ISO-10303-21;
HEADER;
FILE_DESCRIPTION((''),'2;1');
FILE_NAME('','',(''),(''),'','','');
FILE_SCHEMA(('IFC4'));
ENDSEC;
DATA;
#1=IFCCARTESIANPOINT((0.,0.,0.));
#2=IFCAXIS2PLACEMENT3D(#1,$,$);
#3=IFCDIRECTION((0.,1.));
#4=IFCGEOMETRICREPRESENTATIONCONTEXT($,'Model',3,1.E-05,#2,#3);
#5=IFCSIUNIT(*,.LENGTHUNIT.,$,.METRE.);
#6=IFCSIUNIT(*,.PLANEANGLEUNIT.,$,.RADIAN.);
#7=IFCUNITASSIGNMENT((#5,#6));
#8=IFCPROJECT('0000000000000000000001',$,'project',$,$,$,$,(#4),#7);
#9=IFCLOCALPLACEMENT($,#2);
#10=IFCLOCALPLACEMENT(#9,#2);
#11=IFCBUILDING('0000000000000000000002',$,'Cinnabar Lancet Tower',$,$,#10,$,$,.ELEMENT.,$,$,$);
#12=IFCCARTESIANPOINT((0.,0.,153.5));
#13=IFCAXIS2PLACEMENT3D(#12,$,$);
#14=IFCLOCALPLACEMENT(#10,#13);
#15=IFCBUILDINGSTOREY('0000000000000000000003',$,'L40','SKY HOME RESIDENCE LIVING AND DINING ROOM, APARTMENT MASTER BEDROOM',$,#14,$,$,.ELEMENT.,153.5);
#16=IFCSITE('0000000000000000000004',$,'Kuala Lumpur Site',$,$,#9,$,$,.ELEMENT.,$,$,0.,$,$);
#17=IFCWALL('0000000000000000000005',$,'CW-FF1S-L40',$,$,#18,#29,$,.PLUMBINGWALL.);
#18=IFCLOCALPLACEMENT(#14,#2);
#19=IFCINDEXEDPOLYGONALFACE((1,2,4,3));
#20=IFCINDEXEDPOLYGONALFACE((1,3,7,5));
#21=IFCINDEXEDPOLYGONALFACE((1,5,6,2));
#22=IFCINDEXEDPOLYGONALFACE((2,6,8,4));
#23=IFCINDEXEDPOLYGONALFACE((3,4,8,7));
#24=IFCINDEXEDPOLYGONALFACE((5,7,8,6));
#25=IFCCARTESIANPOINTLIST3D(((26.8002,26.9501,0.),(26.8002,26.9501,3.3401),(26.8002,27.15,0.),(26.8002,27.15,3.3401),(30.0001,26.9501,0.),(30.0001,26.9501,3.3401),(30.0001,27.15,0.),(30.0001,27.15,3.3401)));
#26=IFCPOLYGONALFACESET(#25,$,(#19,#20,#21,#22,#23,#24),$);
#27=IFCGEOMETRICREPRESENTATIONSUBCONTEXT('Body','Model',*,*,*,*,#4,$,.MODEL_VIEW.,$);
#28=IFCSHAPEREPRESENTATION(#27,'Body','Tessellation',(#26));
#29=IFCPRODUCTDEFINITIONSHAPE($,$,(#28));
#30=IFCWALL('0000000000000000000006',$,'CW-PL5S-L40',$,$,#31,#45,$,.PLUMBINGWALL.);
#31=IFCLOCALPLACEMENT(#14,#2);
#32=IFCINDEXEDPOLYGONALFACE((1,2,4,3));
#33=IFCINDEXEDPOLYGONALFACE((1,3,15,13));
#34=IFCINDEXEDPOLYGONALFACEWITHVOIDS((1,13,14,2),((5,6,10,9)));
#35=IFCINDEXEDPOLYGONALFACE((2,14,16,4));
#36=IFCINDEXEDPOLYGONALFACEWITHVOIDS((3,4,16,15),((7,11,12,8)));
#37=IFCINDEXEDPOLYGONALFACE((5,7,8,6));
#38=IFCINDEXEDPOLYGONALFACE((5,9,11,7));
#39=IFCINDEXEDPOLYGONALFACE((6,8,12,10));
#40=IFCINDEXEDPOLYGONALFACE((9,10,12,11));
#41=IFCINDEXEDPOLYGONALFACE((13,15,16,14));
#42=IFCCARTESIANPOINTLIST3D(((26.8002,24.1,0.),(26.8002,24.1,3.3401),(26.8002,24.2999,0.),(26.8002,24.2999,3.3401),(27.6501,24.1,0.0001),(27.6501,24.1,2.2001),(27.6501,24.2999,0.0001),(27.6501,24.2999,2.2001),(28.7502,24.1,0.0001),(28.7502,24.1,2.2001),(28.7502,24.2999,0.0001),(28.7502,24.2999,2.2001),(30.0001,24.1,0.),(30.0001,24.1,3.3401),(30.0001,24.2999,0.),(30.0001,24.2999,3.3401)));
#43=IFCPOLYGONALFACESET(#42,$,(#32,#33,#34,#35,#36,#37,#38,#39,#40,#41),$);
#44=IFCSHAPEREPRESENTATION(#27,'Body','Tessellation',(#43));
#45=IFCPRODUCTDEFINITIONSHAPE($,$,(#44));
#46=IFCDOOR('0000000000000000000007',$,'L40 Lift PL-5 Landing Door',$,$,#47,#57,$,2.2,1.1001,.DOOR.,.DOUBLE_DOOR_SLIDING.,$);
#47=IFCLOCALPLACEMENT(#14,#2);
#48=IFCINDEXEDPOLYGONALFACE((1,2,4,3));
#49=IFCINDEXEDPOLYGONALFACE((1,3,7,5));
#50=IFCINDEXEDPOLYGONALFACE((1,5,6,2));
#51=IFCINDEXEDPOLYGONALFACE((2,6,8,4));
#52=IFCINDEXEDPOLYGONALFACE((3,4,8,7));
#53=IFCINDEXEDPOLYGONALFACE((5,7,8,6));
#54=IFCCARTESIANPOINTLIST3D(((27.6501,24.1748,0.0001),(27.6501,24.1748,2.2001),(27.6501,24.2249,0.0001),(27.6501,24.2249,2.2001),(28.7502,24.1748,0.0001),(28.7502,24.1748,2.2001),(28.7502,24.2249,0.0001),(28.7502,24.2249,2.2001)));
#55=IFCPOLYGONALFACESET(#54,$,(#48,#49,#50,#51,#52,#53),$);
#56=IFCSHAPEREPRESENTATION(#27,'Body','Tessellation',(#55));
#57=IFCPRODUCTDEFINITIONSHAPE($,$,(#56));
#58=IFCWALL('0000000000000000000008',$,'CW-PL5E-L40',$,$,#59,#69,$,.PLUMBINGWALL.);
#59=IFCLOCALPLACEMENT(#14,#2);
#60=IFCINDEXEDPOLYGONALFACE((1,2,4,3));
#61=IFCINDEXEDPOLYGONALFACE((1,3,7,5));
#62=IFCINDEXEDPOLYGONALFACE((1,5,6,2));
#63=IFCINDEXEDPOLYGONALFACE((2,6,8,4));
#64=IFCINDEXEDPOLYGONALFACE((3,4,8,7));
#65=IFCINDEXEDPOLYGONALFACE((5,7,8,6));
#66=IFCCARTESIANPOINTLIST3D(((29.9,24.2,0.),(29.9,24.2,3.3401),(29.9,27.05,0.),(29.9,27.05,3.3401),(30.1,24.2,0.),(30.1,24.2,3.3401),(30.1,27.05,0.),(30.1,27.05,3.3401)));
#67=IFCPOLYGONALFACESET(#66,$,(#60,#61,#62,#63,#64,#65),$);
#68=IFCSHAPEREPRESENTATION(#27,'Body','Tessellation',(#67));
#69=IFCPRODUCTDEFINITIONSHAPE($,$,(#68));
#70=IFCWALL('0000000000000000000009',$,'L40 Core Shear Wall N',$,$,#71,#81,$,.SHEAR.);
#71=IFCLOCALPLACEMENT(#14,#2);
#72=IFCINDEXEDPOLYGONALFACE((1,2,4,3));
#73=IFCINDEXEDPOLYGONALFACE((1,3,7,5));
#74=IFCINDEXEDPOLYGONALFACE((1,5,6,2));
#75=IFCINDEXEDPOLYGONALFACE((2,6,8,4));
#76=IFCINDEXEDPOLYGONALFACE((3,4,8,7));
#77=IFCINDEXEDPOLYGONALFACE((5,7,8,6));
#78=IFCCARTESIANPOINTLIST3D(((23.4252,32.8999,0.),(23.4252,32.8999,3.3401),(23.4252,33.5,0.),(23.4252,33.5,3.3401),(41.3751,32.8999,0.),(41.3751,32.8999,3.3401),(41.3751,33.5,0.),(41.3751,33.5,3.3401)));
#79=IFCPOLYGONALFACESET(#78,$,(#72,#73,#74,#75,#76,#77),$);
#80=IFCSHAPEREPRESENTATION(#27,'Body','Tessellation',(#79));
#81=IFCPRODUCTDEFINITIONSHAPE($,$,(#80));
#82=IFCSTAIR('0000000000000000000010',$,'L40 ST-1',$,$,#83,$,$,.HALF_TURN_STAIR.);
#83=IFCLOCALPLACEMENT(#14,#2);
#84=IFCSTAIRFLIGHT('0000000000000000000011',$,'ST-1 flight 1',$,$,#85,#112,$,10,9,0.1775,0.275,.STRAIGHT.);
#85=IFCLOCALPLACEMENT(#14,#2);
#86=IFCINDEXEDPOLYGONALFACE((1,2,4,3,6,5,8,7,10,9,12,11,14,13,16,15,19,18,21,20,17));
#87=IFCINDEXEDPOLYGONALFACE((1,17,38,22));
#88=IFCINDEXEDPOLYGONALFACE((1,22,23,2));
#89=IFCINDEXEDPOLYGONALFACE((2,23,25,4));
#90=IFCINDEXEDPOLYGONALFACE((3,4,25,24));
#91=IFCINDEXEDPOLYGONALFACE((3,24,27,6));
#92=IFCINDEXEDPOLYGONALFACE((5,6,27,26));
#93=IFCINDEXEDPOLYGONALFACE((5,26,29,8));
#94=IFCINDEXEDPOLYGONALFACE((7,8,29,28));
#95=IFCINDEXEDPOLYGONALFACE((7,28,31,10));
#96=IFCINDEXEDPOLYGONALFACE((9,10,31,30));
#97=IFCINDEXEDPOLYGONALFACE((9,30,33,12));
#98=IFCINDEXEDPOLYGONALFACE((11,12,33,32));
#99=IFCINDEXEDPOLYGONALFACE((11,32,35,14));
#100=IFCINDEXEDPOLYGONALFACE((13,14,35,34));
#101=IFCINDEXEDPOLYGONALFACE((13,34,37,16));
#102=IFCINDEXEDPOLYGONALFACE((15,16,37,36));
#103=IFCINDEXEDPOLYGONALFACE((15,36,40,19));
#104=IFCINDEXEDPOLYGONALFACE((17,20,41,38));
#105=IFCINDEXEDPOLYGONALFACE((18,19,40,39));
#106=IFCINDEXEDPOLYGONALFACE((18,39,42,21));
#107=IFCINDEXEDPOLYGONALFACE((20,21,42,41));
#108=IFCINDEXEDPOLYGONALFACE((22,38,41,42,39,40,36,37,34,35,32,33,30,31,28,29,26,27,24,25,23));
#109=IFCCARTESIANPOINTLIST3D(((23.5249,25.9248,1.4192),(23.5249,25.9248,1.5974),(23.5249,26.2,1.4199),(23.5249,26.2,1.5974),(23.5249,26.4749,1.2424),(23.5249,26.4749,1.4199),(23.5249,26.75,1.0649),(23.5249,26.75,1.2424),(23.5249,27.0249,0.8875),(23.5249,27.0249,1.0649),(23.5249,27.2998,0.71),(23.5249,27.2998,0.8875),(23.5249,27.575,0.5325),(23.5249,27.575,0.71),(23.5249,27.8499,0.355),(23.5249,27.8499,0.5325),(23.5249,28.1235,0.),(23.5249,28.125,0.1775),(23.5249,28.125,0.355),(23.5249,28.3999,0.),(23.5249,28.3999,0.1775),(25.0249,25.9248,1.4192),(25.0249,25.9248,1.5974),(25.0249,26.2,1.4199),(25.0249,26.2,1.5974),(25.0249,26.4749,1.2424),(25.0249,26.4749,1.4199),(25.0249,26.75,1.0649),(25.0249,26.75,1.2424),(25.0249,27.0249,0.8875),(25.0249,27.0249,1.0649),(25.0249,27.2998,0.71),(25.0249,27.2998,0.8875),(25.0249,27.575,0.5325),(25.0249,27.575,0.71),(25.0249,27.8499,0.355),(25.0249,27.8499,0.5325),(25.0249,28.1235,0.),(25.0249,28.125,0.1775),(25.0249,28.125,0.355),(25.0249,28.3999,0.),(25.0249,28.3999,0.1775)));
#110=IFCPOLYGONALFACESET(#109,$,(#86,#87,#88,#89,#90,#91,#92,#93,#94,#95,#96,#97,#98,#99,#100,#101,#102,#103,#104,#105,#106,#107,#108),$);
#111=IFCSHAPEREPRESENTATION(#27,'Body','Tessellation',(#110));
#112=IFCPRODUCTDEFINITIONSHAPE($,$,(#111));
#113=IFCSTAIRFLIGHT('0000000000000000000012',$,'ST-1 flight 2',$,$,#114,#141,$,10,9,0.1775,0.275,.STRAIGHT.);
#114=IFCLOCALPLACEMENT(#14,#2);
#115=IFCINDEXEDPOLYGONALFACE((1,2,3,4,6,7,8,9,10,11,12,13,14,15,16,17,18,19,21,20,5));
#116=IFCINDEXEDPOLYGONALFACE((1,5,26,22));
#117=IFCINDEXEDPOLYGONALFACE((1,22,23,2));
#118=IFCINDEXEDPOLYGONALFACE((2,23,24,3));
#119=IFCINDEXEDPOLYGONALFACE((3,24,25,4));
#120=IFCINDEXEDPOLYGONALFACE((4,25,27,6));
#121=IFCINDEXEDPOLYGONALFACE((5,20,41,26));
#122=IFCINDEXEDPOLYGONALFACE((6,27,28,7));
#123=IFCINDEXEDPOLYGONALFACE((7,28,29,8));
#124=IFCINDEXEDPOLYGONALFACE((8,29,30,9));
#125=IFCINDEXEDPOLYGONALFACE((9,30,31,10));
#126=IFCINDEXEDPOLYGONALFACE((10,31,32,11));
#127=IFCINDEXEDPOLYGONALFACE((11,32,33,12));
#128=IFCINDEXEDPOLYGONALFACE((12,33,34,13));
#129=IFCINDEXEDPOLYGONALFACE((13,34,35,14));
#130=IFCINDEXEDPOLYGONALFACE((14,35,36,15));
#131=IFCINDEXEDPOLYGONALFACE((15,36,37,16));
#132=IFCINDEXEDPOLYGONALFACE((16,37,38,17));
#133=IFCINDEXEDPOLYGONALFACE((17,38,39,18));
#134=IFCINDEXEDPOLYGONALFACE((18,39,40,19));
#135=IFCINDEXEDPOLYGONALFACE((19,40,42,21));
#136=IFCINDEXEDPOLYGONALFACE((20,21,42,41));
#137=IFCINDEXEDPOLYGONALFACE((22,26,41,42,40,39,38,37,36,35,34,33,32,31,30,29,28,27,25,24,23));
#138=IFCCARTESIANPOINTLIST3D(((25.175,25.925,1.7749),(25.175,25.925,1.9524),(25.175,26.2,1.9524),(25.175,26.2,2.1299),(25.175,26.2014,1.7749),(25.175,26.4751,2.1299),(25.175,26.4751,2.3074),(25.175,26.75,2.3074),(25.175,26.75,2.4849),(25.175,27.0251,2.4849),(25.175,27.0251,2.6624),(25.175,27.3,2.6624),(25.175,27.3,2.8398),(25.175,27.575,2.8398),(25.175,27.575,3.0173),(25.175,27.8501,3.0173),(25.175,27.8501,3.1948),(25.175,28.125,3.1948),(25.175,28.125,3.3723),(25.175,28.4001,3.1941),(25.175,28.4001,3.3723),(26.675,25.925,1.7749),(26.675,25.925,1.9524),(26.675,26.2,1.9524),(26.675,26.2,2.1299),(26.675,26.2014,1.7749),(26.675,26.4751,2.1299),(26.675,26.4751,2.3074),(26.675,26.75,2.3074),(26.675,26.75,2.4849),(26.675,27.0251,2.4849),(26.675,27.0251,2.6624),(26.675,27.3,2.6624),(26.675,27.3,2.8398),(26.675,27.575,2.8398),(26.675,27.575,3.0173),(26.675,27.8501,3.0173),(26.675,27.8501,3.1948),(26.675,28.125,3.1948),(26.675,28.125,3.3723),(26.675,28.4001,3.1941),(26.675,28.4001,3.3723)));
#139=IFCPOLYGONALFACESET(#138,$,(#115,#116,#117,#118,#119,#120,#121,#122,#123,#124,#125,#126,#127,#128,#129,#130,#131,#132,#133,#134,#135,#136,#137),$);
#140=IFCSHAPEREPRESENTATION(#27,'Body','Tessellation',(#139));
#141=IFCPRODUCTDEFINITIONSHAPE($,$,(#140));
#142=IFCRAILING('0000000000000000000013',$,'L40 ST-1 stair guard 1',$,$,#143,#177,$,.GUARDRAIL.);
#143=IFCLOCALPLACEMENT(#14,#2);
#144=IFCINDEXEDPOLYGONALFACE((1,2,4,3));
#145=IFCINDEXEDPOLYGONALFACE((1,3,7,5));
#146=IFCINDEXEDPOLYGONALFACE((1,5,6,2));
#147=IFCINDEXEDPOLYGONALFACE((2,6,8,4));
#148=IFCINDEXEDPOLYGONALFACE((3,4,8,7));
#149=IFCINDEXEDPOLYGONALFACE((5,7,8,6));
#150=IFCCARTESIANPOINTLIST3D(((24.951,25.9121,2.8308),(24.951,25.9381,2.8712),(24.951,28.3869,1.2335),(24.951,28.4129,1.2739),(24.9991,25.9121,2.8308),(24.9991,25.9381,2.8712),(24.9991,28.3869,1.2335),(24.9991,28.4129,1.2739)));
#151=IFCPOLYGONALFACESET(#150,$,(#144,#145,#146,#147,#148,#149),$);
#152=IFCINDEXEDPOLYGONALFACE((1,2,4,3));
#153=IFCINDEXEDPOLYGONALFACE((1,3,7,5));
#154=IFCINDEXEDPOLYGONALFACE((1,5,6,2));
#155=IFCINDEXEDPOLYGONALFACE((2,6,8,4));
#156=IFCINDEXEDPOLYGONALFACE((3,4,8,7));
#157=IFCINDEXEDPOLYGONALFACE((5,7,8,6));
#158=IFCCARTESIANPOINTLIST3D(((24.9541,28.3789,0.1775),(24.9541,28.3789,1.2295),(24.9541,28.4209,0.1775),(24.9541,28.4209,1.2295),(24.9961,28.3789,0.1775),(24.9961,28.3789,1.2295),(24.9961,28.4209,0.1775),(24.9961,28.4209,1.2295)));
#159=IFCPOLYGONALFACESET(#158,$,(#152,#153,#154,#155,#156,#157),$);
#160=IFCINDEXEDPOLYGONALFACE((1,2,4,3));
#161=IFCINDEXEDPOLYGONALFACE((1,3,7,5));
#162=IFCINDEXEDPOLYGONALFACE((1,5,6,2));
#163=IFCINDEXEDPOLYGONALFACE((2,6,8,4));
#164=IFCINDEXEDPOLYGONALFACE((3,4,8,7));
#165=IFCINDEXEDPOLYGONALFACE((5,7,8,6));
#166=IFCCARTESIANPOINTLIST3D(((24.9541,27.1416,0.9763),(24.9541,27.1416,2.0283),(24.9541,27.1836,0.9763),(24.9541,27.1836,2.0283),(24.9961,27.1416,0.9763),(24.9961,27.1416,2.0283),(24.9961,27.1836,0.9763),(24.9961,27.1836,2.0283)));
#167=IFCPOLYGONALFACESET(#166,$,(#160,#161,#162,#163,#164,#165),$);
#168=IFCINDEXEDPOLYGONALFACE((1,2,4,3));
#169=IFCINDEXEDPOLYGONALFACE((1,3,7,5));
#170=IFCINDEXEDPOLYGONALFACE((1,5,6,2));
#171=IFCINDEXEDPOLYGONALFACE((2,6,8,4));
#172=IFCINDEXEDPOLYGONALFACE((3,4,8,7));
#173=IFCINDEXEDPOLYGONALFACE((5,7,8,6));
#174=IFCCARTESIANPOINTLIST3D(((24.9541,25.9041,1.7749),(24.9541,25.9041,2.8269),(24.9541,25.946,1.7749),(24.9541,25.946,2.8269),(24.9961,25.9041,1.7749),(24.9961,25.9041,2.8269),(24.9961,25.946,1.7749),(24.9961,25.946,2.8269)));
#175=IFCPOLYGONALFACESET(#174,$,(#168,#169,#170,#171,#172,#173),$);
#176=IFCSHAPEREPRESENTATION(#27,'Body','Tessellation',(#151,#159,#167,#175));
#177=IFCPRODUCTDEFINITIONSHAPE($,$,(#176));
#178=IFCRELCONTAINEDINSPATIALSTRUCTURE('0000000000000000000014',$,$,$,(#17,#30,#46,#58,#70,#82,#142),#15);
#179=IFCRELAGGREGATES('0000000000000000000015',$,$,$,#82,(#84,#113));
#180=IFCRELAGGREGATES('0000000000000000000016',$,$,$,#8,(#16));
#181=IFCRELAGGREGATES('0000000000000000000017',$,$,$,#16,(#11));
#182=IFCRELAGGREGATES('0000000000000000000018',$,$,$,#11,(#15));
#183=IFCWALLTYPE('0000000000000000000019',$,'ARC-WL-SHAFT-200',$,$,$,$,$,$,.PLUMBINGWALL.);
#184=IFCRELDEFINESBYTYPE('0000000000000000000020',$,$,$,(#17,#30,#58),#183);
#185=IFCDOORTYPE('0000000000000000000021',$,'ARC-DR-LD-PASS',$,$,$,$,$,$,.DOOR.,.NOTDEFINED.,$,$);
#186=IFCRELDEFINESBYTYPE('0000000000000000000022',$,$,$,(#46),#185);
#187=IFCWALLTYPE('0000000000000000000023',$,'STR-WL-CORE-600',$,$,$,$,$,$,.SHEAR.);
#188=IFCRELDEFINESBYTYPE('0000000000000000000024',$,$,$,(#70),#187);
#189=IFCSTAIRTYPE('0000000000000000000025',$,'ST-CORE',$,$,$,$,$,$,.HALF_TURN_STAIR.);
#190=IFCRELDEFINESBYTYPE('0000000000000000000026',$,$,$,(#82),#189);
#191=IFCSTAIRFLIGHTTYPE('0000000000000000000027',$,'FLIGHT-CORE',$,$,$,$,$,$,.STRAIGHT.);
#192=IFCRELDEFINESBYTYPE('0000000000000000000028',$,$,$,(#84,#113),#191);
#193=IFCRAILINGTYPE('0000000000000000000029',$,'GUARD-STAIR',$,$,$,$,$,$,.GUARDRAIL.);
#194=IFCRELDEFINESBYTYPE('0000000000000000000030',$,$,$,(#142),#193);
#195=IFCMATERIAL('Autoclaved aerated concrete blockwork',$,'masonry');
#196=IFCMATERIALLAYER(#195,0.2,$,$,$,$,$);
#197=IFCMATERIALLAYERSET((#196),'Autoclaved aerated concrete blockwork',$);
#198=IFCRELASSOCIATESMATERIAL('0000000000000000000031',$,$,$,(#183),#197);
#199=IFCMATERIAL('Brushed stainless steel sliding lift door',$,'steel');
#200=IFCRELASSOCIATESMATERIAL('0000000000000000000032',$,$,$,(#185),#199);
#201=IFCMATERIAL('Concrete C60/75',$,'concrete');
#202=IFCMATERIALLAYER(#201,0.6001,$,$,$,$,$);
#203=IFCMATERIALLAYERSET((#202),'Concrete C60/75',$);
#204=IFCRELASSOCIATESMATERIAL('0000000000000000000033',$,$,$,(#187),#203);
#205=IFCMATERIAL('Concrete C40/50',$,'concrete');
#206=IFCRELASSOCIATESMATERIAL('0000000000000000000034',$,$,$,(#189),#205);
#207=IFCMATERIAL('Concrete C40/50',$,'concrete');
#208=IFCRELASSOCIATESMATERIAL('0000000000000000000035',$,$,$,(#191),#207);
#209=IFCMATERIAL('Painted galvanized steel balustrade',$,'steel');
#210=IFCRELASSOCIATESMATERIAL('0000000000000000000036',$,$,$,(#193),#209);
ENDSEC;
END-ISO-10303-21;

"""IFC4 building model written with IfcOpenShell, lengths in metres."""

from ifc_helpers import new_model, si_unit, direction, frame, frame_2d, origin, origin_2d, place, context, subcontext, project, spatial, polyline, rectangle, outline, extrude, material, layer, layer_set, type_object, element, fill, aggregate, save


model = new_model("IFC4")

# Units and contexts
model_context = context("Model", 3, precision=1e-05, world=origin(), true_north=direction((0.0, 1.0)))
body_context = subcontext(model_context, "Body", "Model", "MODEL_VIEW")
ifc_project = project(units=[si_unit("LENGTHUNIT", "METRE"), si_unit("PLANEANGLEUNIT", "RADIAN")], contexts=[model_context])

# Site, building, storey
site_placement = place(None, origin())
site = spatial("IfcSite", under=ifc_project, at=site_placement, Name="Kuala Lumpur Site", CompositionType="ELEMENT", RefElevation=0.0)
building_placement = place(site_placement, origin())
building = spatial("IfcBuilding", under=site, at=building_placement, Name="Cinnabar Lancet Tower", CompositionType="ELEMENT")
storey_placement = place(building_placement, frame((0.0, 0.0, 153.5)))
storey = spatial("IfcBuildingStorey", under=building, at=storey_placement, Name="L40", Description="SKY HOME RESIDENCE LIVING AND DINING ROOM, APARTMENT MASTER BEDROOM", CompositionType="ELEMENT", Elevation=153.5)

# Shared definitions
ifc_material_1 = material(Name="Autoclaved aerated concrete blockwork", Category="masonry")
ifc_layer_1 = layer(ifc_material_1, 0.2)
ifc_layer_set_1 = layer_set([ifc_layer_1], Name="Autoclaved aerated concrete blockwork")
wall_type_1 = type_object("IfcWallType", Name="ARC-WL-SHAFT-200", PredefinedType="PLUMBINGWALL", material=ifc_layer_set_1)

# Wall
wall_1_placement = place(storey_placement, frame((26.8, 27.05, 0.0), z_axis=(0.0, 0.0, 1.0), x_axis=(1.0, 0.0, 0.0)))
element("IfcWall", 1, at=wall_1_placement, inside=storey, type_object=wall_type_1, Name="CW-FF1S-L40", PredefinedType="PLUMBINGWALL", context=body_context, shape_type="SweptSolid", body=[
    extrude(rectangle(XDim=3.2, YDim=0.2, at=frame_2d((1.6001, 0.0))), origin(), (0.0, 0.0, 1.0), 3.3401),
])

# Wall, opening, door
wall_2_placement = place(storey_placement, frame((26.8, 24.2, 0.0), z_axis=(0.0, 0.0, 1.0), x_axis=(1.0, 0.0, 0.0)))
wall_2 = element("IfcWall", 2, at=wall_2_placement, inside=storey, type_object=wall_type_1, Name="CW-PL5S-L40", PredefinedType="PLUMBINGWALL", context=body_context, shape_type="SweptSolid", body=[
    extrude(rectangle(XDim=3.2, YDim=0.2, at=frame_2d((1.6001, 0.0))), origin(), (0.0, 0.0, 1.0), 3.3401),
])
opening_1_placement = place(wall_2_placement, frame((0.8501, 0.0, 0.0)))
opening_1 = element("IfcOpeningElement", 3, at=opening_1_placement, cuts=wall_2, PredefinedType="OPENING", context=body_context, shape_type="SweptSolid", body=[
    extrude(rectangle(XDim=1.1001, YDim=2.2, at=frame_2d((0.55, 1.1001))), frame((0.0, 0.1099, 0.0), z_axis=(0.0, -1.0, 0.0), x_axis=(1.0, 0.0, 0.0)), (0.0, 0.0, 1.0), 0.22),
])
ifc_material_2 = material(Name="Brushed stainless steel sliding lift door", Category="steel")
door_type_1 = type_object("IfcDoorType", Name="ARC-DR-LD-PASS", OperationType="NOTDEFINED", PredefinedType="DOOR", material=ifc_material_2)
door_1_placement = place(opening_1_placement, origin())
door_1 = element("IfcDoor", 4, at=door_1_placement, inside=storey, type_object=door_type_1, Name="L40 Lift PL-5 Landing Door", OperationType="DOUBLE_DOOR_SLIDING", OverallHeight=2.2, OverallWidth=1.1001, PredefinedType="DOOR", context=body_context, shape_type="SweptSolid", body=[
    extrude(rectangle(XDim=1.1001, YDim=2.2, at=frame_2d((0.55, 1.1001))), frame((0.0, 0.0249, 0.0), z_axis=(0.0, -1.0, 0.0), x_axis=(1.0, 0.0, 0.0)), (0.0, 0.0, 1.0), 0.05),
])
fill(opening_1, door_1)

# Walls
wall_3_placement = place(storey_placement, frame((30.0, 24.2, 0.0), z_axis=(0.0, 0.0, 1.0), x_axis=(0.0, 1.0, 0.0)))
element("IfcWall", 5, at=wall_3_placement, inside=storey, type_object=wall_type_1, Name="CW-PL5E-L40", PredefinedType="PLUMBINGWALL", context=body_context, shape_type="SweptSolid", body=[
    extrude(rectangle(XDim=2.8501, YDim=0.2, at=frame_2d((1.425, 0.0))), origin(), (0.0, 0.0, 1.0), 3.3401),
])
ifc_material_3 = material(Name="Concrete C60/75", Category="concrete")
ifc_layer_2 = layer(ifc_material_3, 0.6001)
ifc_layer_set_2 = layer_set([ifc_layer_2], Name="Concrete C60/75")
wall_type_2 = type_object("IfcWallType", Name="STR-WL-CORE-600", PredefinedType="SHEAR", material=ifc_layer_set_2)
wall_4_placement = place(storey_placement, frame((23.425, 33.2, 0.0), z_axis=(0.0, 0.0, 1.0), x_axis=(1.0, 0.0, 0.0)))
element("IfcWall", 6, at=wall_4_placement, inside=storey, type_object=wall_type_2, Name="L40 Core Shear Wall N", PredefinedType="SHEAR", context=body_context, shape_type="SweptSolid", body=[
    extrude(rectangle(XDim=17.95, YDim=0.6001, at=frame_2d((8.9751, 0.0))), origin(), (0.0, 0.0, 1.0), 3.3401),
])

# Stair, stair flights
ifc_material_4 = material(Name="Concrete C40/50", Category="concrete")
stair_type = type_object("IfcStairType", Name="ST-CORE", PredefinedType="HALF_TURN_STAIR", material=ifc_material_4)
stair_placement = place(storey_placement, origin())
stair = element("IfcStair", 7, at=stair_placement, inside=storey, type_object=stair_type, Name="L40 ST-1", PredefinedType="HALF_TURN_STAIR")
ifc_material_5 = material(Name="Concrete C40/50", Category="concrete")
stair_flight_type = type_object("IfcStairFlightType", Name="FLIGHT-CORE", PredefinedType="STRAIGHT", material=ifc_material_5)
stair_flight_1_placement = place(storey_placement, frame((24.2749, 28.3999, 0.0), z_axis=(0.0, 0.0, 1.0), x_axis=(0.0, -1.0, 0.0)))
stair_flight_1 = element("IfcStairFlight", 8, at=stair_flight_1_placement, type_object=stair_flight_type, Name="ST-1 flight 1", NumberOfRisers=10, NumberOfTreads=9, PredefinedType="STRAIGHT", RiserHeight=0.1775, TreadLength=0.275, context=body_context, shape_type="SweptSolid", body=[
    extrude(outline(polyline([(0.0, 0.0), (0.0, 0.1775), (0.2749, 0.1775), (0.2749, 0.355), (0.55, 0.355), (0.55, 0.5325), (0.825, 0.5325), (0.825, 0.71), (1.1001, 0.71), (1.1001, 0.8875), (1.375, 0.8875), (1.375, 1.0649), (1.6499, 1.0649), (1.6499, 1.2424), (1.925, 1.2424), (1.925, 1.4199), (2.2, 1.4199), (2.2, 1.5974), (2.4751, 1.5974), (2.4751, 1.7749), (2.4751, 1.4192), (0.2764, 0.0), (0.0, 0.0)])), frame((0.0, 0.75, 0.0), z_axis=(0.0, -1.0, 0.0), x_axis=(1.0, 0.0, 0.0)), (0.0, 0.0, 1.0), 1.5),
])
stair_flight_2_placement = place(storey_placement, frame((25.925, 25.925, 1.7749), z_axis=(0.0, 0.0, 1.0), x_axis=(0.0, 1.0, 0.0)))
stair_flight_2 = element("IfcStairFlight", 9, at=stair_flight_2_placement, type_object=stair_flight_type, Name="ST-1 flight 2", NumberOfRisers=10, NumberOfTreads=9, PredefinedType="STRAIGHT", RiserHeight=0.1775, TreadLength=0.275, context=body_context, shape_type="SweptSolid", body=[
    extrude(outline(polyline([(0.0, 0.0), (0.0, 0.1775), (0.2749, 0.1775), (0.2749, 0.355), (0.55, 0.355), (0.55, 0.5325), (0.825, 0.5325), (0.825, 0.71), (1.1001, 0.71), (1.1001, 0.8875), (1.375, 0.8875), (1.375, 1.0649), (1.6499, 1.0649), (1.6499, 1.2424), (1.925, 1.2424), (1.925, 1.4199), (2.2, 1.4199), (2.2, 1.5974), (2.4751, 1.5974), (2.4751, 1.7749), (2.4751, 1.4192), (0.2764, 0.0), (0.0, 0.0)])), frame((0.0, 0.75, 0.0), z_axis=(0.0, -1.0, 0.0), x_axis=(1.0, 0.0, 0.0)), (0.0, 0.0, 1.0), 1.5),
])
aggregate(stair, [stair_flight_1, stair_flight_2])

# Railing
ifc_material_6 = material(Name="Painted galvanized steel balustrade", Category="steel")
railing_type_1 = type_object("IfcRailingType", Name="GUARD-STAIR", PredefinedType="GUARDRAIL", material=ifc_material_6)
railing_1_placement = place(storey_placement, frame((24.9751, 28.3999, 0.1775)))
element("IfcRailing", 10, at=railing_1_placement, inside=storey, type_object=railing_type_1, Name="L40 ST-1 stair guard 1", PredefinedType="GUARDRAIL", context=body_context, shape_type="SweptSolid", body=[
    extrude(rectangle(XDim=0.0481, YDim=0.0481, at=origin_2d()), frame((0.0, 0.0, 1.0762), z_axis=(0.0, -0.840183, 0.542302), x_axis=(1.0, 0.0, 0.0)), (0.0, 0.0, 1.0), 2.9456),
    extrude(rectangle(XDim=0.042, YDim=0.042, at=origin_2d()), origin(), (0.0, 0.0, 1.0), 1.052),
    extrude(rectangle(XDim=0.042, YDim=0.042, at=origin_2d()), frame((0.0, -1.2373, 0.7988)), (0.0, 0.0, 1.0), 1.052),
    extrude(rectangle(XDim=0.042, YDim=0.042, at=origin_2d()), frame((0.0, -2.4749, 1.5974)), (0.0, 0.0, 1.0), 1.052),
])

save(model, "model.ifc")
